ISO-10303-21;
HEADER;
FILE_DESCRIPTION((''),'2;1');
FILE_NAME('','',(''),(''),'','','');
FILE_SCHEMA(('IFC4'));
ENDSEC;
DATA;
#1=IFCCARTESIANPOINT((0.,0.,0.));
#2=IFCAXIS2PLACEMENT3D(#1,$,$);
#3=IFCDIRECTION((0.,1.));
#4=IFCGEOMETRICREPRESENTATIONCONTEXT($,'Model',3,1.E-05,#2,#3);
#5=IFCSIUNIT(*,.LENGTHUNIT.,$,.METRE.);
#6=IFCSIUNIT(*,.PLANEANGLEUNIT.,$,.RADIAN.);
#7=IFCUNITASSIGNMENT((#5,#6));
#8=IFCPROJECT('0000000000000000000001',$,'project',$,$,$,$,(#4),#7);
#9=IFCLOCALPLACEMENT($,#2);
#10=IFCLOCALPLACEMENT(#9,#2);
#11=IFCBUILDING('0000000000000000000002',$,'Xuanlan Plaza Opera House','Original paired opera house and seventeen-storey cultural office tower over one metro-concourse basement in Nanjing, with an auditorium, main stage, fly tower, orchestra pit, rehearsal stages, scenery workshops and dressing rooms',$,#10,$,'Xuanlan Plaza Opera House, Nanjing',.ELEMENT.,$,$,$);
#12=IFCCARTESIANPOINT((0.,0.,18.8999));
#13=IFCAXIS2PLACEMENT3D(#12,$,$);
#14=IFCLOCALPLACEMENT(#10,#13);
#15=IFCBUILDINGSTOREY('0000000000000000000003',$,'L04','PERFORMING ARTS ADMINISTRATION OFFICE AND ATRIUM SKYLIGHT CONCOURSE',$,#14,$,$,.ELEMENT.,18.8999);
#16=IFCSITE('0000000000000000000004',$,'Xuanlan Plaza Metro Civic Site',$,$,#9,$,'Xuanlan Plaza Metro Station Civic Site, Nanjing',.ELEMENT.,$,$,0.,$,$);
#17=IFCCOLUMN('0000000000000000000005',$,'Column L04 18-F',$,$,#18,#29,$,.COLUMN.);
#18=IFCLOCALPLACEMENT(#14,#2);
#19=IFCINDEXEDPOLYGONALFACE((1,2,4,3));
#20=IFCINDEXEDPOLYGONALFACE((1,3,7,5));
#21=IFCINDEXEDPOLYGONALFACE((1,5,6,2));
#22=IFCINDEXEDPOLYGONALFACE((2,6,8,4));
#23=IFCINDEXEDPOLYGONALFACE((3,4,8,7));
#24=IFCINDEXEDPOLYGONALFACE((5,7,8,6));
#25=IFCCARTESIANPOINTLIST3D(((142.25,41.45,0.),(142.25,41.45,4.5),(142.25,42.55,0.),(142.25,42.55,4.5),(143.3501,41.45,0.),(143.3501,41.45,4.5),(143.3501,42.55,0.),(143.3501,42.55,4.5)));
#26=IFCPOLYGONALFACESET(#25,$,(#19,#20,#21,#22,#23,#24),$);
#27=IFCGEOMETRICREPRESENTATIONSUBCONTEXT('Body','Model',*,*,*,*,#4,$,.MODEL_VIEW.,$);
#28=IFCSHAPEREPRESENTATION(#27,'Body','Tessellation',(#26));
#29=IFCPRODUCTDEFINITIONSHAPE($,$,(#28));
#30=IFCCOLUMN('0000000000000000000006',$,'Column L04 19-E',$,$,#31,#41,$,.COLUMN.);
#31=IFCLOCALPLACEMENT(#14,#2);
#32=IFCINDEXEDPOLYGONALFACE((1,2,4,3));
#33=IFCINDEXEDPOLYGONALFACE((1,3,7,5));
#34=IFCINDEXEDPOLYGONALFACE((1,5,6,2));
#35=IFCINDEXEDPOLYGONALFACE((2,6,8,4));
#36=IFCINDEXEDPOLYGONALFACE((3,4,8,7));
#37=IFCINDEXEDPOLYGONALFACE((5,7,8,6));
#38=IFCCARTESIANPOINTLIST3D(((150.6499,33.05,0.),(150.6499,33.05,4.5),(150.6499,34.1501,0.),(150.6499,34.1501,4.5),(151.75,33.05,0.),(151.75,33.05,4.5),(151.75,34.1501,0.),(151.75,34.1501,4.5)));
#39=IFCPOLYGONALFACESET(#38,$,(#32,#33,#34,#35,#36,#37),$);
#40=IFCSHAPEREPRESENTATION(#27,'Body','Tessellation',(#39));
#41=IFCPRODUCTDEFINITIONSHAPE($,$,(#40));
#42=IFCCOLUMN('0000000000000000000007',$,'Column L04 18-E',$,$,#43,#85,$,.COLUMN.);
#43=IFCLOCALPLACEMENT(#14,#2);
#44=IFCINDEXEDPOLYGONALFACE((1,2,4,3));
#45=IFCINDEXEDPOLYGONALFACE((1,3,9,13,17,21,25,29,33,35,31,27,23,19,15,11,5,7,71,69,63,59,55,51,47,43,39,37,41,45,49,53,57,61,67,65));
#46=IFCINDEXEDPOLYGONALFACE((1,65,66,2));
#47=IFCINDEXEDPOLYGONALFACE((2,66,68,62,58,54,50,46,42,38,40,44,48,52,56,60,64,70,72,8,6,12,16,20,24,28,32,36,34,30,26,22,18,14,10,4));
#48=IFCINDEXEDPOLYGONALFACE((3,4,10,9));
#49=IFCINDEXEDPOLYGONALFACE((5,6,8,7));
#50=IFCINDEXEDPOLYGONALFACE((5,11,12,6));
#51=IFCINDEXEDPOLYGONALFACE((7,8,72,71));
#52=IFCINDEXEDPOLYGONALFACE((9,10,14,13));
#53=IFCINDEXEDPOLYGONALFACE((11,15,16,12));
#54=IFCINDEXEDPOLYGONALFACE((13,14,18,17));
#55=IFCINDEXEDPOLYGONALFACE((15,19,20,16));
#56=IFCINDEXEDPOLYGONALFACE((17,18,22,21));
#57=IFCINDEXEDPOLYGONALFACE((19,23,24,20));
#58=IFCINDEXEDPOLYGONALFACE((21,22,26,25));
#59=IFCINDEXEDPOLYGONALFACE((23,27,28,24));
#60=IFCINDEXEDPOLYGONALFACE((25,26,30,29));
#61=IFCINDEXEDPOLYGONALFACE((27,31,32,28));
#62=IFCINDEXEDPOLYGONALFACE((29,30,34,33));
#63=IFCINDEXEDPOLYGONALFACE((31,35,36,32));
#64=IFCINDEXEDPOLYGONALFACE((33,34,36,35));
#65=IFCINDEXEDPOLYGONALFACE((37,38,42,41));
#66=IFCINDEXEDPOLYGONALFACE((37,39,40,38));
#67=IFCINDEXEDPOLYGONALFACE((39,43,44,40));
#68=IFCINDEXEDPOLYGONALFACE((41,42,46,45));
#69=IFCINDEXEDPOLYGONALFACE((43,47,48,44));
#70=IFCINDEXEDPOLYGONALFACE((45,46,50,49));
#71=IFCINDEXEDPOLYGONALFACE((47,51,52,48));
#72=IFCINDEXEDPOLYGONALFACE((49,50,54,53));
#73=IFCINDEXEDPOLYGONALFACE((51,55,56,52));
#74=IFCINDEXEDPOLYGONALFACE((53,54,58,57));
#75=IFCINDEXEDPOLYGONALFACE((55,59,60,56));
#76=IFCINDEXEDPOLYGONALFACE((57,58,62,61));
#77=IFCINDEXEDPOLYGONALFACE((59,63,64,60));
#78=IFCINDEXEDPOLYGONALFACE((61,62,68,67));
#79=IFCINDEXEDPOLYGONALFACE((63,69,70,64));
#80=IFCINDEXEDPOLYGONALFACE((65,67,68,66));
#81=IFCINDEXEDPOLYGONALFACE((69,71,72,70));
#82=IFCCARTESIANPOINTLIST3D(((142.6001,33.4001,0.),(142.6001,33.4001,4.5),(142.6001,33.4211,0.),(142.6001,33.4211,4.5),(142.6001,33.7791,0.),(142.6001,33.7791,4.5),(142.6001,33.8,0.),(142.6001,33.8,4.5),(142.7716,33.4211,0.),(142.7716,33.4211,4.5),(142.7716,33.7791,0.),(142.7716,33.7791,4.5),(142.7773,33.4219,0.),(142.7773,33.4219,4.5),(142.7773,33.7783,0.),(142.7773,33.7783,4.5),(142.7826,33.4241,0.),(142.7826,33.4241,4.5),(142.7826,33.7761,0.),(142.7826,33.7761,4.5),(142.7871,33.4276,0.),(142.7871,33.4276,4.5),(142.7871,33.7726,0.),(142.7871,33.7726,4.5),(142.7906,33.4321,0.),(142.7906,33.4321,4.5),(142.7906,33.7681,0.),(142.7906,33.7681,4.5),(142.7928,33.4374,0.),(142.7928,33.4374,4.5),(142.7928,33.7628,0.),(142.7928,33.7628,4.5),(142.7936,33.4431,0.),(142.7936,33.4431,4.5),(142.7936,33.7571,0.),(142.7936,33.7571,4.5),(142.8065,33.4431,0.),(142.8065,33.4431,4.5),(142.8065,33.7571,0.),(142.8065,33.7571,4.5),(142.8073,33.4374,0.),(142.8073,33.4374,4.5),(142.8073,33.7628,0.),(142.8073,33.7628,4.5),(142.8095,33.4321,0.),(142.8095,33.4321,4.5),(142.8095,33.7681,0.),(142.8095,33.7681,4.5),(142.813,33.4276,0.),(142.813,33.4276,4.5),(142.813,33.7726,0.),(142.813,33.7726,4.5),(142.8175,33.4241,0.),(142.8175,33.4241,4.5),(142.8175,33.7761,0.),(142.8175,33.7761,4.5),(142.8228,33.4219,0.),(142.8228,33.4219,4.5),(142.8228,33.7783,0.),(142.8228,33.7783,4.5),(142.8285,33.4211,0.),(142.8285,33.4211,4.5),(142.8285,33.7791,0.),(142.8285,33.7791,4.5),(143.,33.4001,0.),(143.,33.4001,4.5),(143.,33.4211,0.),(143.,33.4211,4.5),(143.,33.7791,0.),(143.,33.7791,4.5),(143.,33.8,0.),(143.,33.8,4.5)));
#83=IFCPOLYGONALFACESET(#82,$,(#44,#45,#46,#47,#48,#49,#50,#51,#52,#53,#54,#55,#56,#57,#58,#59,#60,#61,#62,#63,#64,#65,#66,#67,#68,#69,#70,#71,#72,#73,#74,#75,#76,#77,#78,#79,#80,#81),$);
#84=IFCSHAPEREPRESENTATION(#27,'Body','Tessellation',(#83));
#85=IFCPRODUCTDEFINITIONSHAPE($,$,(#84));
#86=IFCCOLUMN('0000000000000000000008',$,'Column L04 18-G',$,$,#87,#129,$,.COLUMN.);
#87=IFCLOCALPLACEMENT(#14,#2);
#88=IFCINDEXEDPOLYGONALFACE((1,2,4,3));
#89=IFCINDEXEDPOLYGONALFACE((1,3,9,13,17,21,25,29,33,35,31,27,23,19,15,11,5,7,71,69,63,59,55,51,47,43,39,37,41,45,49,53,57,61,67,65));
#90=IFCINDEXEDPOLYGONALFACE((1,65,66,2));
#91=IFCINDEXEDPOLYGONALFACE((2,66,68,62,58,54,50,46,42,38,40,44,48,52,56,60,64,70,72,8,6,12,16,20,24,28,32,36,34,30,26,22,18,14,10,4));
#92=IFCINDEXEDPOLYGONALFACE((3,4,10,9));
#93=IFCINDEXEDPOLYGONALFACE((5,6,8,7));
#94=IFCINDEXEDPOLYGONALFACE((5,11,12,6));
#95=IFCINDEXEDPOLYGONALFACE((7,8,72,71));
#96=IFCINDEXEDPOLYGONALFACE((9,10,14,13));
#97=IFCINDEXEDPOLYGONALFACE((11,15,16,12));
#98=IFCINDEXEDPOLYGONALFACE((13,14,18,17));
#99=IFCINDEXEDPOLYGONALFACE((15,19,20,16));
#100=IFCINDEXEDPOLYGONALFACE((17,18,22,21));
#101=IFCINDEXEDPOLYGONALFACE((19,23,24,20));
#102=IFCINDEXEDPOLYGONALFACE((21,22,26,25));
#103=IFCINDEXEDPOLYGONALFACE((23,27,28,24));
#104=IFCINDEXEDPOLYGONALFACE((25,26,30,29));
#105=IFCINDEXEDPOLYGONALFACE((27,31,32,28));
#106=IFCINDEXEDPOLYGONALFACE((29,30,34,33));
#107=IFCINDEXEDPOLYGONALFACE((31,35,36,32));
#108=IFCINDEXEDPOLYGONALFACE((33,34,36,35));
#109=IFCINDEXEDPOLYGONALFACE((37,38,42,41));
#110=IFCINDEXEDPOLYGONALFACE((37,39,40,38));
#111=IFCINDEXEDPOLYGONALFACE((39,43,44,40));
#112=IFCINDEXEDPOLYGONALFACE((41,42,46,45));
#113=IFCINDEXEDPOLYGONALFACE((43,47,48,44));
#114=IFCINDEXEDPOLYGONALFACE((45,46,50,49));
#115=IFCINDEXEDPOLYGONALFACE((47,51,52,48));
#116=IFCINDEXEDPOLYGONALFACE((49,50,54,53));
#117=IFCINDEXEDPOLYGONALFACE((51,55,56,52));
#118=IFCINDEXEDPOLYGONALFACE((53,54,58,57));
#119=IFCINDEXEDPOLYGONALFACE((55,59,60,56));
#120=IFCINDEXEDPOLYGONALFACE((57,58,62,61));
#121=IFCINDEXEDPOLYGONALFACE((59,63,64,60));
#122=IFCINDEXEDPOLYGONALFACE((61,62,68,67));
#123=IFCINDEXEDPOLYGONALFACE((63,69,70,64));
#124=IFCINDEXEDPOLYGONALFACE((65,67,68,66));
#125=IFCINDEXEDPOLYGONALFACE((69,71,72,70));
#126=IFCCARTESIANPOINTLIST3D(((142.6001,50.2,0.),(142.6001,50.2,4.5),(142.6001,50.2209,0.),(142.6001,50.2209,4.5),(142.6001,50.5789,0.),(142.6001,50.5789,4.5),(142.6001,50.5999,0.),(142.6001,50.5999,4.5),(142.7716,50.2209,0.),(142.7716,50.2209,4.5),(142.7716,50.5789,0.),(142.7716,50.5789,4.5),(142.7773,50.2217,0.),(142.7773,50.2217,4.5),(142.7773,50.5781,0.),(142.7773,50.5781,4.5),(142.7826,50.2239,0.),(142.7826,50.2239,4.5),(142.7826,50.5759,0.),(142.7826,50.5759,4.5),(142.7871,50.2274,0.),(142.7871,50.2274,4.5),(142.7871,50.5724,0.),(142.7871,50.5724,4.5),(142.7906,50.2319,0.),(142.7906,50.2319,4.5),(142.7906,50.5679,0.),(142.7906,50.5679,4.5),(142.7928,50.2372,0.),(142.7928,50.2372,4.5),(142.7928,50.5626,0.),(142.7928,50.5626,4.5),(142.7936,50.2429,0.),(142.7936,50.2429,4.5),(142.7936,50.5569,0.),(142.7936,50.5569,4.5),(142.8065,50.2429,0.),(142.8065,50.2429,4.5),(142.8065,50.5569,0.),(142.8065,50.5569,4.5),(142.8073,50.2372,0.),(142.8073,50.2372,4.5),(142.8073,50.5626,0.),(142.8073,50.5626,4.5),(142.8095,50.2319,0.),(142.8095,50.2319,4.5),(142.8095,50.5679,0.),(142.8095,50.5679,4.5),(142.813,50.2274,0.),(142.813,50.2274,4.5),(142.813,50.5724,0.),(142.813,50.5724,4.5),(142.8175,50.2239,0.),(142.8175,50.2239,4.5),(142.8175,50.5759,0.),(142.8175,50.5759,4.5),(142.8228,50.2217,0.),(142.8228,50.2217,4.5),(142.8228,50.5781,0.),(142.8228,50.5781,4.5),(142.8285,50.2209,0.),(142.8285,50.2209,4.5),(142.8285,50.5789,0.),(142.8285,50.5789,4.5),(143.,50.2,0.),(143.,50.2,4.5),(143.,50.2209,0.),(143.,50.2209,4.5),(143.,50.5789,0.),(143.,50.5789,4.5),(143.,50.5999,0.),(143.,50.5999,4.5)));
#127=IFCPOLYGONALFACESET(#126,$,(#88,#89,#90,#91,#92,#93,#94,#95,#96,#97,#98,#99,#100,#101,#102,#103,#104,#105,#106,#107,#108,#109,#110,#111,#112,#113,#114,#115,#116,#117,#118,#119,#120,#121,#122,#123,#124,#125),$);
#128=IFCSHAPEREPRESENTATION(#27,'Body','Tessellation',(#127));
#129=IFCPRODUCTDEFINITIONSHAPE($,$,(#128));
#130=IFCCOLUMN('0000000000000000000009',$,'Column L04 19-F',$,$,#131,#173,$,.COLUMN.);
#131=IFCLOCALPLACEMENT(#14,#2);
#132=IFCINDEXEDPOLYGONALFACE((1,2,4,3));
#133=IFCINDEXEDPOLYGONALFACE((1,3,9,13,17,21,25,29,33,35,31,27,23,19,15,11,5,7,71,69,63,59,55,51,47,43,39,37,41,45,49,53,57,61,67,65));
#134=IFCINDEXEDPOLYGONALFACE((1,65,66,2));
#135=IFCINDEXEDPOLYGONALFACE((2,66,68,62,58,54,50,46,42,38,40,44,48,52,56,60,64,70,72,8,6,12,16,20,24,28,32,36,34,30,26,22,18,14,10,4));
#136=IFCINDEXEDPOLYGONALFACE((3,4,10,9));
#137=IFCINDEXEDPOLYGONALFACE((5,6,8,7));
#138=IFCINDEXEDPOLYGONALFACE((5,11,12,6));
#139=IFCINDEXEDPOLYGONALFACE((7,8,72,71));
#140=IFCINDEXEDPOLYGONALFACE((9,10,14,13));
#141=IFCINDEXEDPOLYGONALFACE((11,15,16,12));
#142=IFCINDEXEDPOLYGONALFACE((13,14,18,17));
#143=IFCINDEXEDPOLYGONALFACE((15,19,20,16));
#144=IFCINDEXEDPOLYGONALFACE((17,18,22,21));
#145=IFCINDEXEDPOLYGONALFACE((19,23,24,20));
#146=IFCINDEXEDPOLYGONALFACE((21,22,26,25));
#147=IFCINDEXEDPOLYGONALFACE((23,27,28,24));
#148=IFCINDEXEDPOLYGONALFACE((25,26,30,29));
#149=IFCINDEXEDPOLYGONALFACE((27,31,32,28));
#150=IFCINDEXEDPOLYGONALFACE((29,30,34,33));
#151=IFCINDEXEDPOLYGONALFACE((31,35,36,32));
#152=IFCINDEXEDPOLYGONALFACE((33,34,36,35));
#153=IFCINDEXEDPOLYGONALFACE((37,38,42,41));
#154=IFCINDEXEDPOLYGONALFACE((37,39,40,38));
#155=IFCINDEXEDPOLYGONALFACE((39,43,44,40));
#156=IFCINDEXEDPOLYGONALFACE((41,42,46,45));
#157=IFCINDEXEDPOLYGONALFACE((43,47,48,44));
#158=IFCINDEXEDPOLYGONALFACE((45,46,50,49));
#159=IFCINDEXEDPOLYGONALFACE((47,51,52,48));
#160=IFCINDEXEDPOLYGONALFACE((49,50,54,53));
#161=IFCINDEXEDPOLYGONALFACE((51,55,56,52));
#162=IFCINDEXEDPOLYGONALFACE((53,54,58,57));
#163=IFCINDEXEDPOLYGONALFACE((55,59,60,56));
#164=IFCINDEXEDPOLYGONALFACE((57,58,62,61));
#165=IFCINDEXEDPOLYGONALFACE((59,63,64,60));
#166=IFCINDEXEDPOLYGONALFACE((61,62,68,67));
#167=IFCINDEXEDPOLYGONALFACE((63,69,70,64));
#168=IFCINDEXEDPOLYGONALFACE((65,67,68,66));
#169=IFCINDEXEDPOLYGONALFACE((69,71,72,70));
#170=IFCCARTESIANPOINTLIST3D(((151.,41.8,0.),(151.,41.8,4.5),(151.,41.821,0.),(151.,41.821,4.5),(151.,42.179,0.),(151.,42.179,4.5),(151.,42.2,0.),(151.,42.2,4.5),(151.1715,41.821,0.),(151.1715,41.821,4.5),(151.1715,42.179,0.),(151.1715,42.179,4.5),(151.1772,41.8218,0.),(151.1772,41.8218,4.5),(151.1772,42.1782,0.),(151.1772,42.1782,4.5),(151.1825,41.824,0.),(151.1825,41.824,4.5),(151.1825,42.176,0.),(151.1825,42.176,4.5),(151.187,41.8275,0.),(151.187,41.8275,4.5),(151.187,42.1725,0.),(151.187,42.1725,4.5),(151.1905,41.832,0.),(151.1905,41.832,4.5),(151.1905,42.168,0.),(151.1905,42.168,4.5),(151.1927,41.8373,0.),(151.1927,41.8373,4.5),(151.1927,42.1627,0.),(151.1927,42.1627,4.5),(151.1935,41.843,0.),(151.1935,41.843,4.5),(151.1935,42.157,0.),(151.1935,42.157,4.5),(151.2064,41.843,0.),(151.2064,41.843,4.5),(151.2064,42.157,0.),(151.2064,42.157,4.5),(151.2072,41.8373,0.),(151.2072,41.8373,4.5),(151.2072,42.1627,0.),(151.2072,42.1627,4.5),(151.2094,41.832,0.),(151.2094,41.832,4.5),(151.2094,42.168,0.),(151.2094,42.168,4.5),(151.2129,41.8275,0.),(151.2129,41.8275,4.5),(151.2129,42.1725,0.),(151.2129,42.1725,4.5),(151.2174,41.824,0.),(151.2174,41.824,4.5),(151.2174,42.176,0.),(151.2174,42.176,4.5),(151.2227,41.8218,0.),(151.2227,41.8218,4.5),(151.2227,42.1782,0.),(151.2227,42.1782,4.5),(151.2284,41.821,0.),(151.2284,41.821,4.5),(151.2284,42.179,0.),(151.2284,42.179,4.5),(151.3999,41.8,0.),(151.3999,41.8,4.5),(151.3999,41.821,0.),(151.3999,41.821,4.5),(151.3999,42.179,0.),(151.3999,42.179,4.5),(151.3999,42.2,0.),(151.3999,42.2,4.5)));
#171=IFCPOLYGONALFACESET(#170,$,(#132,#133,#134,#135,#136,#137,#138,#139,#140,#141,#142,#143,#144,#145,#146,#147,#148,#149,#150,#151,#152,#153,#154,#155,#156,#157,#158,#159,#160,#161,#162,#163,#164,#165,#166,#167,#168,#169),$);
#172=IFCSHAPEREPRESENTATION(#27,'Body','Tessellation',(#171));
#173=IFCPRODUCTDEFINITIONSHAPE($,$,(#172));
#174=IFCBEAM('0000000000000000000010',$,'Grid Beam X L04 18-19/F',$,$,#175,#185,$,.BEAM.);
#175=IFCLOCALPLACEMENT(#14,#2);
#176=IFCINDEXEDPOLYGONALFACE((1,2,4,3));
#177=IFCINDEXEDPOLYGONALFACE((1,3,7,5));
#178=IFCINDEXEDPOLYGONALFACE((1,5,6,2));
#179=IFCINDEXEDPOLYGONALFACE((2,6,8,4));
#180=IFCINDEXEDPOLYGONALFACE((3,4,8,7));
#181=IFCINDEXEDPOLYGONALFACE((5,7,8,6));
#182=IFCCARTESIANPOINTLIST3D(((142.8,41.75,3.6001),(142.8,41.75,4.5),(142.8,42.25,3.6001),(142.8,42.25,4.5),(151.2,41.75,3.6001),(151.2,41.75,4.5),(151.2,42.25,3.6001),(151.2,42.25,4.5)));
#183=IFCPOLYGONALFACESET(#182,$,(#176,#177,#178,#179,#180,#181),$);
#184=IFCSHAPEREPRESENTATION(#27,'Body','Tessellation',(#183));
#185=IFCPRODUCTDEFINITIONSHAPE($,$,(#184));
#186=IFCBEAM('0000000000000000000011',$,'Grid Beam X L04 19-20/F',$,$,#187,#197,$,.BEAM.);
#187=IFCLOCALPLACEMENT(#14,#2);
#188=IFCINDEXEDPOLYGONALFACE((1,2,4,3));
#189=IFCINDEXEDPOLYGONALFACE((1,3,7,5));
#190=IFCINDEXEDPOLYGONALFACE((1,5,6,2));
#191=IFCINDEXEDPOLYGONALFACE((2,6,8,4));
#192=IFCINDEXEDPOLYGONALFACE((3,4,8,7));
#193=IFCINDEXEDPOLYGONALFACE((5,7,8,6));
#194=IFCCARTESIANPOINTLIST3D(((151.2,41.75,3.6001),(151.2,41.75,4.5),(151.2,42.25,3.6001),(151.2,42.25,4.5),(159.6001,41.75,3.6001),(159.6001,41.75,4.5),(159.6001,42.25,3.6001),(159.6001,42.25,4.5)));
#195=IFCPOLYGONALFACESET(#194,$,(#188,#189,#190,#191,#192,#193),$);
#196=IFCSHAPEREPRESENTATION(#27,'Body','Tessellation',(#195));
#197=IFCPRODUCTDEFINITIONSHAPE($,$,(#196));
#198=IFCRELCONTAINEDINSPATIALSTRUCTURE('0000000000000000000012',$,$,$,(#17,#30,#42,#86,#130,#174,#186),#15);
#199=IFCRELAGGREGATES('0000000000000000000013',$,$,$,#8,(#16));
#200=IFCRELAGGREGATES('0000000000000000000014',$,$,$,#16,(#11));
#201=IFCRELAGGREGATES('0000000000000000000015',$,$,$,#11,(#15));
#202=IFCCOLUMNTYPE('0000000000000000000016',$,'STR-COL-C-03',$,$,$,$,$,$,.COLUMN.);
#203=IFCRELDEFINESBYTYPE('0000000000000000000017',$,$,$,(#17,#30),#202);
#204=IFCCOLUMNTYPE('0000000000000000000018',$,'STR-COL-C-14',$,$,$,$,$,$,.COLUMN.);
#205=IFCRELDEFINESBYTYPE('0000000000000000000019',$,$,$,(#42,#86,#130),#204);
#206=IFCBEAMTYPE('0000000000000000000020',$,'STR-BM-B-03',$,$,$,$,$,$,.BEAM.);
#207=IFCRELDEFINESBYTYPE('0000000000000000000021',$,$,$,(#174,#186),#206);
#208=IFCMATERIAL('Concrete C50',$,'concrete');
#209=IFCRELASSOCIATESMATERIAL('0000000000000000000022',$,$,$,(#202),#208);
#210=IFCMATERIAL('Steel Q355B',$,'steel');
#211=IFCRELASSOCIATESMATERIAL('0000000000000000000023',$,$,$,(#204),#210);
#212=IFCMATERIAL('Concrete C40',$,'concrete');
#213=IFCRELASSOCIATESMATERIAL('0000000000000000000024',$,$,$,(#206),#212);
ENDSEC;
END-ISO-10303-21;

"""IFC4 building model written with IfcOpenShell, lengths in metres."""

from ifc_helpers import new_model, si_unit, direction, frame, origin, origin_2d, place, context, subcontext, project, spatial, rectangle, i_section, extrude, material, material_profile, profile_set, type_object, element, save


model = new_model("IFC4")

# Units and contexts
model_context = context("Model", 3, precision=1e-05, world=origin(), true_north=direction((0.0, 1.0)))
body_context = subcontext(model_context, "Body", "Model", "MODEL_VIEW")
ifc_project = project(units=[si_unit("LENGTHUNIT", "METRE"), si_unit("PLANEANGLEUNIT", "RADIAN")], contexts=[model_context])

# Site, building, storey
site_placement = place(None, origin())
site = spatial("IfcSite", under=ifc_project, at=site_placement, Name="Xuanlan Plaza Metro Civic Site", LongName="Xuanlan Plaza Metro Station Civic Site, Nanjing", CompositionType="ELEMENT", RefElevation=0.0)
building_placement = place(site_placement, origin())
building = spatial("IfcBuilding", under=site, at=building_placement, Name="Xuanlan Plaza Opera House", Description="Original paired opera house and seventeen-storey cultural office tower over one metro-concourse basement in Nanjing, with an auditorium, main stage, fly tower, orchestra pit, rehearsal stages, scenery workshops and dressing rooms", LongName="Xuanlan Plaza Opera House, Nanjing", CompositionType="ELEMENT")
storey_placement = place(building_placement, frame((0.0, 0.0, 18.8999)))
storey = spatial("IfcBuildingStorey", under=building, at=storey_placement, Name="L04", Description="PERFORMING ARTS ADMINISTRATION OFFICE AND ATRIUM SKYLIGHT CONCOURSE", CompositionType="ELEMENT", Elevation=18.8999)

# Columns
ifc_material_1 = material(Name="Concrete C50", Category="concrete")
ifc_material_profile_1 = material_profile(ifc_material_1, rectangle(XDim=1.1001, YDim=1.1001, at=origin_2d()), Name="RC-COL 1100x1100")
ifc_profile_set_1 = profile_set([ifc_material_profile_1], Name="Concrete C50")
column_type_1 = type_object("IfcColumnType", Name="STR-COL-C-03", PredefinedType="COLUMN", material=ifc_profile_set_1)
for number, where, z_axis, x_axis, name in (
    (1, (142.8, 42.0, 0.0), (0.0, 0.0, 1.0), (1.0, 0.0, 0.0), "Column L04 18-F"),
    (2, (151.2, 33.6001, 0.0), (0.0, 0.0, 1.0), (1.0, 0.0, 0.0), "Column L04 19-E"),
):
    element("IfcColumn", number, at=place(storey_placement, frame(where, z_axis=z_axis, x_axis=x_axis)), inside=storey, type_object=column_type_1, Name=name, PredefinedType="COLUMN", context=body_context, shape_type="SweptSolid", body=[
        extrude(rectangle(XDim=1.1001, YDim=1.1001, at=origin_2d()), origin(), (0.0, 0.0, 1.0), 4.5),
    ])
ifc_material_2 = material(Name="Steel Q355B", Category="steel")
ifc_material_profile_2 = material_profile(ifc_material_2, i_section(OverallWidth=0.3999, OverallDepth=0.3999, WebThickness=0.0129, FlangeThickness=0.021, FilletRadius=0.022, at=origin_2d()), Name="HW 400x400x13x21")
ifc_profile_set_2 = profile_set([ifc_material_profile_2], Name="Steel Q355B")
column_type_2 = type_object("IfcColumnType", Name="STR-COL-C-14", PredefinedType="COLUMN", material=ifc_profile_set_2)
for number, where, z_axis, x_axis, name in (
    (3, (142.8, 33.6001, 0.0), (0.0, 0.0, 1.0), (1.0, 0.0, 0.0), "Column L04 18-E"),
    (4, (142.8, 50.3999, 0.0), (0.0, 0.0, 1.0), (1.0, 0.0, 0.0), "Column L04 18-G"),
    (5, (151.2, 42.0, 0.0), (0.0, 0.0, 1.0), (1.0, 0.0, 0.0), "Column L04 19-F"),
):
    element("IfcColumn", number, at=place(storey_placement, frame(where, z_axis=z_axis, x_axis=x_axis)), inside=storey, type_object=column_type_2, Name=name, PredefinedType="COLUMN", context=body_context, shape_type="SweptSolid", body=[
        extrude(i_section(OverallWidth=0.3999, OverallDepth=0.3999, WebThickness=0.0129, FlangeThickness=0.021, FilletRadius=0.022, at=origin_2d()), origin(), (0.0, 0.0, 1.0), 4.5),
    ])

# Beams
ifc_material_3 = material(Name="Concrete C40", Category="concrete")
ifc_material_profile_3 = material_profile(ifc_material_3, rectangle(XDim=0.5, YDim=0.8999, at=origin_2d()), Name="RC-BM 500x900")
ifc_profile_set_3 = profile_set([ifc_material_profile_3], Name="Concrete C40")
beam_type_1 = type_object("IfcBeamType", Name="STR-BM-B-03", PredefinedType="BEAM", material=ifc_profile_set_3)
beam_1_placement = place(storey_placement, frame((142.8, 42.0, 4.05), z_axis=(1.0, 0.0, 0.0), x_axis=(0.0, 1.0, 0.0)))
element("IfcBeam", 6, at=beam_1_placement, inside=storey, type_object=beam_type_1, Name="Grid Beam X L04 18-19/F", PredefinedType="BEAM", context=body_context, shape_type="SweptSolid", body=[
    extrude(rectangle(XDim=0.5, YDim=0.8999, at=origin_2d()), origin(), (0.0, 0.0, 1.0), 8.3999),
])
beam_2_placement = place(storey_placement, frame((151.2, 42.0, 4.05), z_axis=(1.0, 0.0, 0.0), x_axis=(0.0, 1.0, 0.0)))
element("IfcBeam", 7, at=beam_2_placement, inside=storey, type_object=beam_type_1, Name="Grid Beam X L04 19-20/F", PredefinedType="BEAM", context=body_context, shape_type="SweptSolid", body=[
    extrude(rectangle(XDim=0.5, YDim=0.8999, at=origin_2d()), origin(), (0.0, 0.0, 1.0), 8.4001),
])

save(model, "model.ifc")
